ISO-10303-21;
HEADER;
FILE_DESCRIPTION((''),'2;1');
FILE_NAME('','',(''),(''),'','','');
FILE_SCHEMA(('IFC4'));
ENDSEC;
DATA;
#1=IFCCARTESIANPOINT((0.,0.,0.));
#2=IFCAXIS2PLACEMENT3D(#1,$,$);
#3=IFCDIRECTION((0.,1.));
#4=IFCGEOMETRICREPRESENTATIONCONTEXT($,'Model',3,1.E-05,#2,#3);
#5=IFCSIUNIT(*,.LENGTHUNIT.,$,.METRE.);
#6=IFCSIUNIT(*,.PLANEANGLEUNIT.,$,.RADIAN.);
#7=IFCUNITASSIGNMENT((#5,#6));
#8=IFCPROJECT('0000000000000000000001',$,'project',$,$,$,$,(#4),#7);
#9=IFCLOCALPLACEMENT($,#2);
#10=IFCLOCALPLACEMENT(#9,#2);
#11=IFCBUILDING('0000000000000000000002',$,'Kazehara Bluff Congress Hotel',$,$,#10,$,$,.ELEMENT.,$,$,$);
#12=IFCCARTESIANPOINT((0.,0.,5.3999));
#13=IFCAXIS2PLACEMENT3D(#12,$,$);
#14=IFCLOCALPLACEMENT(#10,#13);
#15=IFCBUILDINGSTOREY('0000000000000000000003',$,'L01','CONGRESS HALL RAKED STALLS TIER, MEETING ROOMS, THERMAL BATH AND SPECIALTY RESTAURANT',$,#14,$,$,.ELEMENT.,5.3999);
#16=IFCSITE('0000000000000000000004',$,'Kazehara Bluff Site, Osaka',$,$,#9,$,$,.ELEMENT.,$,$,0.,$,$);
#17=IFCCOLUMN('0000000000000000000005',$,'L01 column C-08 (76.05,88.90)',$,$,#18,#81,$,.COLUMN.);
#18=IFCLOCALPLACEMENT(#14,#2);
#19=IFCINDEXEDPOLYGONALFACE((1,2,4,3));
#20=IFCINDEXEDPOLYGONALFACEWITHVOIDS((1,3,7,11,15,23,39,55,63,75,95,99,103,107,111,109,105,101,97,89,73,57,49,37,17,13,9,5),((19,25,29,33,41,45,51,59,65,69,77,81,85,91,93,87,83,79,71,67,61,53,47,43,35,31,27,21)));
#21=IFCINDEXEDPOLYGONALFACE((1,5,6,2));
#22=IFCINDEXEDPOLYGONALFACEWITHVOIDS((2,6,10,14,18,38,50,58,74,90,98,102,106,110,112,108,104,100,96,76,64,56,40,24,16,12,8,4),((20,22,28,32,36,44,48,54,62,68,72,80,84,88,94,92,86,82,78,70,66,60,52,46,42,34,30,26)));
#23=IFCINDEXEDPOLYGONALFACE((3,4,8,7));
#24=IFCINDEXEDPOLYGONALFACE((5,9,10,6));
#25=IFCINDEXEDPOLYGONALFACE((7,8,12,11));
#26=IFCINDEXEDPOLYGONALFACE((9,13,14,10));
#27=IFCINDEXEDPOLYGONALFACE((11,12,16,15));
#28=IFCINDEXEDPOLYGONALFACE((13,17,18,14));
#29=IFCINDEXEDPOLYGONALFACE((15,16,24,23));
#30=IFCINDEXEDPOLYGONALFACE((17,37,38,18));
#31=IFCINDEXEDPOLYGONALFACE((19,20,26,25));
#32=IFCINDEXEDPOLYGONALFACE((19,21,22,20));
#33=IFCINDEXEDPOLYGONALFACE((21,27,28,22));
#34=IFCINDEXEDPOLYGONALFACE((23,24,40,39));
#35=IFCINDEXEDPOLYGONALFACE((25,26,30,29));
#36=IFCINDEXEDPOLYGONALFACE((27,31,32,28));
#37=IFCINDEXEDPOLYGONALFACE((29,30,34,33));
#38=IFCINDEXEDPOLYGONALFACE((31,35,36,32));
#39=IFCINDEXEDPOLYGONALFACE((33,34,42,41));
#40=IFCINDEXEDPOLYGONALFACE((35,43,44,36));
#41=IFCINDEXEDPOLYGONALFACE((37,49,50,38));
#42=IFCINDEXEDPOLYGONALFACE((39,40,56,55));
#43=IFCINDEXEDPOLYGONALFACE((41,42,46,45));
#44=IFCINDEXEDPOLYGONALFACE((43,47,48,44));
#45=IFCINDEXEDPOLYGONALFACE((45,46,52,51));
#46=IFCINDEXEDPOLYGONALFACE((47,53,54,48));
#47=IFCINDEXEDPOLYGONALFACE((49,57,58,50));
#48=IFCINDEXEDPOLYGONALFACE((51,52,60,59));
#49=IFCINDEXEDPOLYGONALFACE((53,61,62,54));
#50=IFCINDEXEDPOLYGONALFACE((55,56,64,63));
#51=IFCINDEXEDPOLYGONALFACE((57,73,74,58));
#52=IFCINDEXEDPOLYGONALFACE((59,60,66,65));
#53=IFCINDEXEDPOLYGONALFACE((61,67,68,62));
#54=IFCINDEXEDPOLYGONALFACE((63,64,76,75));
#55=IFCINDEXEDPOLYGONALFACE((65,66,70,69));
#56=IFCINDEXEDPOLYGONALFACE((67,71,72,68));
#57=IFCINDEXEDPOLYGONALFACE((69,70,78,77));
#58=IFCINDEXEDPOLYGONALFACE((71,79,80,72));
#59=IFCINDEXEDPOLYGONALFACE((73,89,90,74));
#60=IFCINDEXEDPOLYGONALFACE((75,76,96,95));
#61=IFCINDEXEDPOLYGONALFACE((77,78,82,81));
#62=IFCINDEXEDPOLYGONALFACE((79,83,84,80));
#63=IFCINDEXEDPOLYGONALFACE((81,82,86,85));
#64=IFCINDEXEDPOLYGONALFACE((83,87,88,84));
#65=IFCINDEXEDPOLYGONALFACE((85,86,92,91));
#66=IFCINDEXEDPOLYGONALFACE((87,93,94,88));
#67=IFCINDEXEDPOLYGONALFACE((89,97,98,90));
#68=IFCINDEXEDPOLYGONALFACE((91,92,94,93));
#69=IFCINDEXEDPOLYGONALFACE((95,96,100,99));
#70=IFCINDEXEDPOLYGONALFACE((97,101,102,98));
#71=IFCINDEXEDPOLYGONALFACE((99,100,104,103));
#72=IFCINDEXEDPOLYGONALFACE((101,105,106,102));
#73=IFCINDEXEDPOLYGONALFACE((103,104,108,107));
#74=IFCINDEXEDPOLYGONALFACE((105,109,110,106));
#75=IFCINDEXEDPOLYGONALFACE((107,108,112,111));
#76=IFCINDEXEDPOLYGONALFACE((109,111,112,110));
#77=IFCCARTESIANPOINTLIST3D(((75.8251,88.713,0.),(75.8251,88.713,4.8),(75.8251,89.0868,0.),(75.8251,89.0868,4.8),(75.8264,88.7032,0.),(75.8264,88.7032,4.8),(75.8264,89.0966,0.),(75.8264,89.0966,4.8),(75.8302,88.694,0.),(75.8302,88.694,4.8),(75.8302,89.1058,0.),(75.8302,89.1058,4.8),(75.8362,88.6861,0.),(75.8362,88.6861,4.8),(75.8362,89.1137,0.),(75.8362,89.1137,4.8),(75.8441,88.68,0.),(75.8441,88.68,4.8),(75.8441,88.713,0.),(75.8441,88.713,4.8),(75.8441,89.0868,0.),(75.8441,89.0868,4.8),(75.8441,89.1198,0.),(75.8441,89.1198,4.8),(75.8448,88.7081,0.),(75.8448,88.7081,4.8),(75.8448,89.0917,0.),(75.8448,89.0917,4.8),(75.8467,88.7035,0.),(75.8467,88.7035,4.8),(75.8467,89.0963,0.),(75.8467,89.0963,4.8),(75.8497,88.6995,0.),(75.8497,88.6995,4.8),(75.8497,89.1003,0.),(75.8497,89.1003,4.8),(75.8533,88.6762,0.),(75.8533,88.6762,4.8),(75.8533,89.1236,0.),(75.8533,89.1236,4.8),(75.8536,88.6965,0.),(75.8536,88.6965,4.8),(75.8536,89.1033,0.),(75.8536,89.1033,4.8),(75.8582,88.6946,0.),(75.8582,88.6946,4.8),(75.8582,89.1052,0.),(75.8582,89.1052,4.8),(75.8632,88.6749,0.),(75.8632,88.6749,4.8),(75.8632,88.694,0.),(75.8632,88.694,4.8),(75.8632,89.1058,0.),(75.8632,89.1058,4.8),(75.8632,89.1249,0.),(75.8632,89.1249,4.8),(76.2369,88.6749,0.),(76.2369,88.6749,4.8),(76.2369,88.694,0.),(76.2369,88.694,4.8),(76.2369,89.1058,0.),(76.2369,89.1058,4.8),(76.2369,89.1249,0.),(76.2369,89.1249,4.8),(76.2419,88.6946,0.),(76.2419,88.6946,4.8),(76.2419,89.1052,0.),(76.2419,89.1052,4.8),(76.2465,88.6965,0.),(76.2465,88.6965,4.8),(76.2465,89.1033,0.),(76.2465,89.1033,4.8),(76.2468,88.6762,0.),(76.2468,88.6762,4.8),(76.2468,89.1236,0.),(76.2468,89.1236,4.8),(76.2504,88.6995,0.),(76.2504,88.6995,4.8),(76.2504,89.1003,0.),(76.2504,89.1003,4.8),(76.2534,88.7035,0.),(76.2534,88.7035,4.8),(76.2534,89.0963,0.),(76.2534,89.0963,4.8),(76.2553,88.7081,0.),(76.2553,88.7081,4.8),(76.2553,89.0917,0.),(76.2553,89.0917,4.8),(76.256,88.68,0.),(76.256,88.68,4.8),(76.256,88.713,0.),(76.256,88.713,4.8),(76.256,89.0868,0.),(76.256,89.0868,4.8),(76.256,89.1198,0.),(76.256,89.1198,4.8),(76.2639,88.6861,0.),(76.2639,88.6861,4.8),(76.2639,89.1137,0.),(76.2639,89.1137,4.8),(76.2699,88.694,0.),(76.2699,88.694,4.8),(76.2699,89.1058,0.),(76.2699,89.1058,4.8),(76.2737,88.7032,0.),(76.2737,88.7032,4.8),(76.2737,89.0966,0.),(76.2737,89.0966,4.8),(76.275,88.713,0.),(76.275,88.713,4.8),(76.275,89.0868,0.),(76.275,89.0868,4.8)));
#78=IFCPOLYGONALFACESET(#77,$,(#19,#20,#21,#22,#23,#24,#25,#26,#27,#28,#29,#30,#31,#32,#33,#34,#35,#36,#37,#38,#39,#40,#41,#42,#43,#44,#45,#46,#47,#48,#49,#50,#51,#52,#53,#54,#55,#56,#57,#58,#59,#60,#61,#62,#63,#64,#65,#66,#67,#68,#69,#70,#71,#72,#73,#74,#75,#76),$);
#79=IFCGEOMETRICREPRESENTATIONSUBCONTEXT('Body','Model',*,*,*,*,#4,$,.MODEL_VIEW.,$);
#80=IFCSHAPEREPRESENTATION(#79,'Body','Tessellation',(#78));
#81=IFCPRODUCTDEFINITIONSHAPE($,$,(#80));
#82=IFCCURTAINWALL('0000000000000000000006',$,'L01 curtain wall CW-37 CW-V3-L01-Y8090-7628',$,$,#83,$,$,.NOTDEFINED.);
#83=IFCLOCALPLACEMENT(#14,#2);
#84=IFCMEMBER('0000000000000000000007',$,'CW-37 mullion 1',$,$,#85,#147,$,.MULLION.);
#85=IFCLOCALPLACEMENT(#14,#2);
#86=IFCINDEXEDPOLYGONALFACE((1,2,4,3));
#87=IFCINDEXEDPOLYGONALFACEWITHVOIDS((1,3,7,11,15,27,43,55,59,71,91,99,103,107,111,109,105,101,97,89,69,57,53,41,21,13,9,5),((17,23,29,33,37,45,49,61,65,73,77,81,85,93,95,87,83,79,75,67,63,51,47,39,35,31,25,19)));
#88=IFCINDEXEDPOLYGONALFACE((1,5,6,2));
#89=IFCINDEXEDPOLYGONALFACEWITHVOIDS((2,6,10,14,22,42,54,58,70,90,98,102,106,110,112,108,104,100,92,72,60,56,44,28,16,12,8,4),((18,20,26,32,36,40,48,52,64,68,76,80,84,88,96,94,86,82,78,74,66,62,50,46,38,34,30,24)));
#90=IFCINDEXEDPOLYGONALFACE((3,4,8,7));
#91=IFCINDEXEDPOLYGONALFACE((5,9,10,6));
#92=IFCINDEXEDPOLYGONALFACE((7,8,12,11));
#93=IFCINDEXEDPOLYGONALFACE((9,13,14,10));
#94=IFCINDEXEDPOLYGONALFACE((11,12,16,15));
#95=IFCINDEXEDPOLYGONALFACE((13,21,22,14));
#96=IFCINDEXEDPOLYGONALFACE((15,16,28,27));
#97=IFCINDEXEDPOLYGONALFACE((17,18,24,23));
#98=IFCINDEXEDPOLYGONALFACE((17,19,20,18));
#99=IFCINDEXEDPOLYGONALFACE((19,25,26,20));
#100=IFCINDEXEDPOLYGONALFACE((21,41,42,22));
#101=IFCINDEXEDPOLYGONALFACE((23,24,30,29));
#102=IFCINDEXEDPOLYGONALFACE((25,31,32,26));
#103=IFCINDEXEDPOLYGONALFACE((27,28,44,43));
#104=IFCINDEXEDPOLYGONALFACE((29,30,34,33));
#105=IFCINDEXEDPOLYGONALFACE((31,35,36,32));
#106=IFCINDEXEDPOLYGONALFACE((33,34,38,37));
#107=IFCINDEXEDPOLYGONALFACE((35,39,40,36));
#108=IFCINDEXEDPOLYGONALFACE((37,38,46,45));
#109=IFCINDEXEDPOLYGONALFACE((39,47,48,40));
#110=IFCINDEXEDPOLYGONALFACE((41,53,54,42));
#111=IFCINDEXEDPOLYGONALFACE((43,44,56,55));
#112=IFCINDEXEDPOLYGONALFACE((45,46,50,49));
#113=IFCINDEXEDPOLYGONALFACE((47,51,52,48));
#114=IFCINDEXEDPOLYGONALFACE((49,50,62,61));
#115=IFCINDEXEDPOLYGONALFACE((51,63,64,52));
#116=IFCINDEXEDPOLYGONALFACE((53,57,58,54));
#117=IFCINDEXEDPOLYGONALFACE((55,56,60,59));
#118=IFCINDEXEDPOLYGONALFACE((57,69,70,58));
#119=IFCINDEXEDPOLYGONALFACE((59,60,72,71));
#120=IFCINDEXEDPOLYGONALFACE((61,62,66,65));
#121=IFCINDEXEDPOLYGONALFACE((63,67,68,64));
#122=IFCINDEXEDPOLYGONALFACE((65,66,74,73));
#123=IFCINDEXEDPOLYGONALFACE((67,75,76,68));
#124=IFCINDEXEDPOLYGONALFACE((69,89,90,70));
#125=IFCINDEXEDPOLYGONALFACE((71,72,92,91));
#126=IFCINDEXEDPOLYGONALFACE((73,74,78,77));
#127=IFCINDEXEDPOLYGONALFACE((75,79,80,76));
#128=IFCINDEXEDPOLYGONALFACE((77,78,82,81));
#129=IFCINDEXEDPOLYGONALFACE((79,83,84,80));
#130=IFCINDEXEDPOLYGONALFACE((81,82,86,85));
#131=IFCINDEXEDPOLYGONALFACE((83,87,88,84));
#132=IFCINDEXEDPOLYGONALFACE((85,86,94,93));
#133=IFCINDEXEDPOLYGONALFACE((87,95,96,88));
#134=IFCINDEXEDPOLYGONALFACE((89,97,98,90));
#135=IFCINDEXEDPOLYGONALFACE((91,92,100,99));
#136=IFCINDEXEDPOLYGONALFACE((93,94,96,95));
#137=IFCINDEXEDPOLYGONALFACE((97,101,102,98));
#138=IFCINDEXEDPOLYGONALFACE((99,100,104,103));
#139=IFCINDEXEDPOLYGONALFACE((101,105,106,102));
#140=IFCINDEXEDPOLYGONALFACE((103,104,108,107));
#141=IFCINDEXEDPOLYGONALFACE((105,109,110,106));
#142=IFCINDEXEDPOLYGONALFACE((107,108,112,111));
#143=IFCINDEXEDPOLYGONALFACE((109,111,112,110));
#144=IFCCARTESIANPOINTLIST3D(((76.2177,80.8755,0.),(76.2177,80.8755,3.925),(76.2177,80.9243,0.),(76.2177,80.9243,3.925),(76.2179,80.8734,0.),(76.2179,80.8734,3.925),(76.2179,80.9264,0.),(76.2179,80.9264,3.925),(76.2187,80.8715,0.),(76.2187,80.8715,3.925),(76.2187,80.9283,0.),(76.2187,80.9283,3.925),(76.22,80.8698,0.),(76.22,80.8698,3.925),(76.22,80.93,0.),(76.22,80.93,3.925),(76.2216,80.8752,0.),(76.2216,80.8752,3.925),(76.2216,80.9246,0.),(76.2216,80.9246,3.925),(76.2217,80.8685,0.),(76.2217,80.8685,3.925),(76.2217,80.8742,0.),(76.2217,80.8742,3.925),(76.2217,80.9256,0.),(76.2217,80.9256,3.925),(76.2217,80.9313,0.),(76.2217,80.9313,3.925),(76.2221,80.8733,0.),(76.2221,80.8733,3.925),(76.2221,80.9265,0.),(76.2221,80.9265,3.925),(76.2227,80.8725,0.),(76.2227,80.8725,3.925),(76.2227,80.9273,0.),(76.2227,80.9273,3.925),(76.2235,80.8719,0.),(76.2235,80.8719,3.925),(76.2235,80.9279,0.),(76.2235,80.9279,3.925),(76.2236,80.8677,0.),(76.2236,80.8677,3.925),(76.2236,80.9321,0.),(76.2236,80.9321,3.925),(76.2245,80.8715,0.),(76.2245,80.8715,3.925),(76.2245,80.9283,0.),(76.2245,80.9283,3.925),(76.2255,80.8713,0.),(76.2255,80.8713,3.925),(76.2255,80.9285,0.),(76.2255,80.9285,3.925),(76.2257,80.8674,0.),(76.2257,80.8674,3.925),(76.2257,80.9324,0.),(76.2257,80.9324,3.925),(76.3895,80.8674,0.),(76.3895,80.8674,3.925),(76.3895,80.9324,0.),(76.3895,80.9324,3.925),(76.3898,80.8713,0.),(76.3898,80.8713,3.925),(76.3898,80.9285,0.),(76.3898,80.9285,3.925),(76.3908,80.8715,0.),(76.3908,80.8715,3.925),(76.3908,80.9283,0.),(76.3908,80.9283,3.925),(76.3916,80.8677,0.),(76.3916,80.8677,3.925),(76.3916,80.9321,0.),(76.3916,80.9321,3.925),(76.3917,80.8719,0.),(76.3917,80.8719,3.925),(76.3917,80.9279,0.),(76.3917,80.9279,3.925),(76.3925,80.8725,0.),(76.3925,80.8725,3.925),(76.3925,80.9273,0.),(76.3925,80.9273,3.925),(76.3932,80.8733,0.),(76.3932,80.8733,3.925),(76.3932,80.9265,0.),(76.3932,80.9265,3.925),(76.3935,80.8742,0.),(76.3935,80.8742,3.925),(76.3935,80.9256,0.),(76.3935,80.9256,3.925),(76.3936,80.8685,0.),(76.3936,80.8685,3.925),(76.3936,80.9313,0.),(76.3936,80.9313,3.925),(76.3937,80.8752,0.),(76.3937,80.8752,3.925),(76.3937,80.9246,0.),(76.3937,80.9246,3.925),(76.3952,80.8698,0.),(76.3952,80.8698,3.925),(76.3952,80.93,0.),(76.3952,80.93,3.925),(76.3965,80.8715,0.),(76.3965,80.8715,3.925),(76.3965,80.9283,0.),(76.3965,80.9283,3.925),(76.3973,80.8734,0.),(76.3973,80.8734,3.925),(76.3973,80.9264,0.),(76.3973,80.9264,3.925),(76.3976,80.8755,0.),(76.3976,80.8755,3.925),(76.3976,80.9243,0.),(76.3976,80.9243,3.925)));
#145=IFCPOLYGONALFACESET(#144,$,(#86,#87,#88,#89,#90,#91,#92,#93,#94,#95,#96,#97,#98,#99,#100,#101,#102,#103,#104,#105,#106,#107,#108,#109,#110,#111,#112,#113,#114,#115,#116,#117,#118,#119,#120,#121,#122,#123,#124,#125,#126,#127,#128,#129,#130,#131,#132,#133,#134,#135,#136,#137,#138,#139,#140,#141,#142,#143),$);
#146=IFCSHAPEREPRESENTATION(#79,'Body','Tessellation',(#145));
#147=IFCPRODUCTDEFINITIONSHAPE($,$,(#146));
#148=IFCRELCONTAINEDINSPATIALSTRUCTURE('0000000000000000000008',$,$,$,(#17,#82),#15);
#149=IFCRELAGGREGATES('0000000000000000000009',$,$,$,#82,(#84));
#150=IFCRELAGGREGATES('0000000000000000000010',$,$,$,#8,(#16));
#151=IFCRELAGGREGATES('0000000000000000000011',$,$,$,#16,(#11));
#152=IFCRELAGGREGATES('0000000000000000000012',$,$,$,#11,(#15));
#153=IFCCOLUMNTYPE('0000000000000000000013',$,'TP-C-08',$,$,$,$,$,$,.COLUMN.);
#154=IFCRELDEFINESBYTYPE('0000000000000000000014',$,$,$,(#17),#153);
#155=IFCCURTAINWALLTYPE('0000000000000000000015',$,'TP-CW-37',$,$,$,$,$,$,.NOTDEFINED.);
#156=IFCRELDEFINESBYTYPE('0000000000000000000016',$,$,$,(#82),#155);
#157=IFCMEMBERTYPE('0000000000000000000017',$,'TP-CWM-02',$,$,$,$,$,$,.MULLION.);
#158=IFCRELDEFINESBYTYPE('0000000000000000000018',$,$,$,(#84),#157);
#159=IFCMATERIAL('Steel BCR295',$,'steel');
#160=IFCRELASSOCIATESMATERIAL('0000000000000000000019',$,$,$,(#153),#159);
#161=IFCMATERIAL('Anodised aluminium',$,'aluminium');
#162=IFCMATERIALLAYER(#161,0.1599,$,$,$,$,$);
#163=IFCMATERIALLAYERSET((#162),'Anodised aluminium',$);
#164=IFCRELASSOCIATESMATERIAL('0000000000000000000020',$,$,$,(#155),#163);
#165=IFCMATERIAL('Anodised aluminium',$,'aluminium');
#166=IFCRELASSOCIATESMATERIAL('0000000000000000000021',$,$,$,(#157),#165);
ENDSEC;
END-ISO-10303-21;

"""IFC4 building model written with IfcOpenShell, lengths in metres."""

from ifc_helpers import new_model, si_unit, direction, frame, origin, origin_2d, place, context, subcontext, project, spatial, hollow_rectangle, extrude, material, layer, layer_set, material_profile, profile_set, type_object, element, aggregate, save


model = new_model("IFC4")

# Units and contexts
model_context = context("Model", 3, precision=1e-05, world=origin(), true_north=direction((0.0, 1.0)))
body_context = subcontext(model_context, "Body", "Model", "MODEL_VIEW")
ifc_project = project(units=[si_unit("LENGTHUNIT", "METRE"), si_unit("PLANEANGLEUNIT", "RADIAN")], contexts=[model_context])

# Site, building, storey
site_placement = place(None, origin())
site = spatial("IfcSite", under=ifc_project, at=site_placement, Name="Kazehara Bluff Site, Osaka", CompositionType="ELEMENT", RefElevation=0.0)
building_placement = place(site_placement, origin())
building = spatial("IfcBuilding", under=site, at=building_placement, Name="Kazehara Bluff Congress Hotel", CompositionType="ELEMENT")
storey_placement = place(building_placement, frame((0.0, 0.0, 5.3999)))
storey = spatial("IfcBuildingStorey", under=building, at=storey_placement, Name="L01", Description="CONGRESS HALL RAKED STALLS TIER, MEETING ROOMS, THERMAL BATH AND SPECIALTY RESTAURANT", CompositionType="ELEMENT", Elevation=5.3999)

# Column
ifc_material_1 = material(Name="Steel BCR295", Category="steel")
ifc_material_profile_1 = material_profile(ifc_material_1, hollow_rectangle(XDim=0.45, YDim=0.45, WallThickness=0.019, InnerFilletRadius=0.019, OuterFilletRadius=0.0381, at=origin_2d()))
ifc_profile_set_1 = profile_set([ifc_material_profile_1], Name="Steel BCR295")
column_type = type_object("IfcColumnType", Name="TP-C-08", PredefinedType="COLUMN", material=ifc_profile_set_1)
column_placement = place(storey_placement, frame((76.05, 88.8999, 0.0), z_axis=(0.0, 0.0, 1.0), x_axis=(1.0, 0.0, 0.0)))
element("IfcColumn", 1, at=column_placement, inside=storey, type_object=column_type, Name="L01 column C-08 (76.05,88.90)", PredefinedType="COLUMN", context=body_context, shape_type="SweptSolid", body=[
    extrude(hollow_rectangle(XDim=0.45, YDim=0.45, WallThickness=0.019, InnerFilletRadius=0.019, OuterFilletRadius=0.0381, at=origin_2d()), origin(), (0.0, 0.0, 1.0), 4.8),
])

# Curtain wall, member
ifc_material_2 = material(Name="Anodised aluminium", Category="aluminium")
ifc_layer_1 = layer(ifc_material_2, 0.1599)
ifc_layer_set_1 = layer_set([ifc_layer_1], Name="Anodised aluminium")
curtain_wall_type = type_object("IfcCurtainWallType", Name="TP-CW-37", PredefinedType="NOTDEFINED", material=ifc_layer_set_1)
curtain_wall_placement = place(storey_placement, origin())
curtain_wall = element("IfcCurtainWall", 2, at=curtain_wall_placement, inside=storey, type_object=curtain_wall_type, Name="L01 curtain wall CW-37 CW-V3-L01-Y8090-7628", PredefinedType="NOTDEFINED")
ifc_material_3 = material(Name="Anodised aluminium", Category="aluminium")
ifc_material_profile_2 = material_profile(ifc_material_3, hollow_rectangle(XDim=0.0649, YDim=0.1799, WallThickness=0.0039, InnerFilletRadius=0.0039, OuterFilletRadius=0.0081, at=origin_2d()))
ifc_profile_set_2 = profile_set([ifc_material_profile_2], Name="Anodised aluminium")
member_type_1 = type_object("IfcMemberType", Name="TP-CWM-02", PredefinedType="MULLION", material=ifc_profile_set_2)
member_1_placement = place(storey_placement, frame((76.3076, 80.8999, 0.0), z_axis=(0.0, 0.0, 1.0), x_axis=(0.0, 1.0, 0.0)))
member_1 = element("IfcMember", 3, at=member_1_placement, type_object=member_type_1, Name="CW-37 mullion 1", PredefinedType="MULLION", context=body_context, shape_type="SweptSolid", body=[
    extrude(hollow_rectangle(XDim=0.0649, YDim=0.1799, WallThickness=0.0039, InnerFilletRadius=0.0039, OuterFilletRadius=0.0081, at=origin_2d()), origin(), (0.0, 0.0, 1.0), 3.925),
])

aggregate(curtain_wall, [member_1])

save(model, "model.ifc")
